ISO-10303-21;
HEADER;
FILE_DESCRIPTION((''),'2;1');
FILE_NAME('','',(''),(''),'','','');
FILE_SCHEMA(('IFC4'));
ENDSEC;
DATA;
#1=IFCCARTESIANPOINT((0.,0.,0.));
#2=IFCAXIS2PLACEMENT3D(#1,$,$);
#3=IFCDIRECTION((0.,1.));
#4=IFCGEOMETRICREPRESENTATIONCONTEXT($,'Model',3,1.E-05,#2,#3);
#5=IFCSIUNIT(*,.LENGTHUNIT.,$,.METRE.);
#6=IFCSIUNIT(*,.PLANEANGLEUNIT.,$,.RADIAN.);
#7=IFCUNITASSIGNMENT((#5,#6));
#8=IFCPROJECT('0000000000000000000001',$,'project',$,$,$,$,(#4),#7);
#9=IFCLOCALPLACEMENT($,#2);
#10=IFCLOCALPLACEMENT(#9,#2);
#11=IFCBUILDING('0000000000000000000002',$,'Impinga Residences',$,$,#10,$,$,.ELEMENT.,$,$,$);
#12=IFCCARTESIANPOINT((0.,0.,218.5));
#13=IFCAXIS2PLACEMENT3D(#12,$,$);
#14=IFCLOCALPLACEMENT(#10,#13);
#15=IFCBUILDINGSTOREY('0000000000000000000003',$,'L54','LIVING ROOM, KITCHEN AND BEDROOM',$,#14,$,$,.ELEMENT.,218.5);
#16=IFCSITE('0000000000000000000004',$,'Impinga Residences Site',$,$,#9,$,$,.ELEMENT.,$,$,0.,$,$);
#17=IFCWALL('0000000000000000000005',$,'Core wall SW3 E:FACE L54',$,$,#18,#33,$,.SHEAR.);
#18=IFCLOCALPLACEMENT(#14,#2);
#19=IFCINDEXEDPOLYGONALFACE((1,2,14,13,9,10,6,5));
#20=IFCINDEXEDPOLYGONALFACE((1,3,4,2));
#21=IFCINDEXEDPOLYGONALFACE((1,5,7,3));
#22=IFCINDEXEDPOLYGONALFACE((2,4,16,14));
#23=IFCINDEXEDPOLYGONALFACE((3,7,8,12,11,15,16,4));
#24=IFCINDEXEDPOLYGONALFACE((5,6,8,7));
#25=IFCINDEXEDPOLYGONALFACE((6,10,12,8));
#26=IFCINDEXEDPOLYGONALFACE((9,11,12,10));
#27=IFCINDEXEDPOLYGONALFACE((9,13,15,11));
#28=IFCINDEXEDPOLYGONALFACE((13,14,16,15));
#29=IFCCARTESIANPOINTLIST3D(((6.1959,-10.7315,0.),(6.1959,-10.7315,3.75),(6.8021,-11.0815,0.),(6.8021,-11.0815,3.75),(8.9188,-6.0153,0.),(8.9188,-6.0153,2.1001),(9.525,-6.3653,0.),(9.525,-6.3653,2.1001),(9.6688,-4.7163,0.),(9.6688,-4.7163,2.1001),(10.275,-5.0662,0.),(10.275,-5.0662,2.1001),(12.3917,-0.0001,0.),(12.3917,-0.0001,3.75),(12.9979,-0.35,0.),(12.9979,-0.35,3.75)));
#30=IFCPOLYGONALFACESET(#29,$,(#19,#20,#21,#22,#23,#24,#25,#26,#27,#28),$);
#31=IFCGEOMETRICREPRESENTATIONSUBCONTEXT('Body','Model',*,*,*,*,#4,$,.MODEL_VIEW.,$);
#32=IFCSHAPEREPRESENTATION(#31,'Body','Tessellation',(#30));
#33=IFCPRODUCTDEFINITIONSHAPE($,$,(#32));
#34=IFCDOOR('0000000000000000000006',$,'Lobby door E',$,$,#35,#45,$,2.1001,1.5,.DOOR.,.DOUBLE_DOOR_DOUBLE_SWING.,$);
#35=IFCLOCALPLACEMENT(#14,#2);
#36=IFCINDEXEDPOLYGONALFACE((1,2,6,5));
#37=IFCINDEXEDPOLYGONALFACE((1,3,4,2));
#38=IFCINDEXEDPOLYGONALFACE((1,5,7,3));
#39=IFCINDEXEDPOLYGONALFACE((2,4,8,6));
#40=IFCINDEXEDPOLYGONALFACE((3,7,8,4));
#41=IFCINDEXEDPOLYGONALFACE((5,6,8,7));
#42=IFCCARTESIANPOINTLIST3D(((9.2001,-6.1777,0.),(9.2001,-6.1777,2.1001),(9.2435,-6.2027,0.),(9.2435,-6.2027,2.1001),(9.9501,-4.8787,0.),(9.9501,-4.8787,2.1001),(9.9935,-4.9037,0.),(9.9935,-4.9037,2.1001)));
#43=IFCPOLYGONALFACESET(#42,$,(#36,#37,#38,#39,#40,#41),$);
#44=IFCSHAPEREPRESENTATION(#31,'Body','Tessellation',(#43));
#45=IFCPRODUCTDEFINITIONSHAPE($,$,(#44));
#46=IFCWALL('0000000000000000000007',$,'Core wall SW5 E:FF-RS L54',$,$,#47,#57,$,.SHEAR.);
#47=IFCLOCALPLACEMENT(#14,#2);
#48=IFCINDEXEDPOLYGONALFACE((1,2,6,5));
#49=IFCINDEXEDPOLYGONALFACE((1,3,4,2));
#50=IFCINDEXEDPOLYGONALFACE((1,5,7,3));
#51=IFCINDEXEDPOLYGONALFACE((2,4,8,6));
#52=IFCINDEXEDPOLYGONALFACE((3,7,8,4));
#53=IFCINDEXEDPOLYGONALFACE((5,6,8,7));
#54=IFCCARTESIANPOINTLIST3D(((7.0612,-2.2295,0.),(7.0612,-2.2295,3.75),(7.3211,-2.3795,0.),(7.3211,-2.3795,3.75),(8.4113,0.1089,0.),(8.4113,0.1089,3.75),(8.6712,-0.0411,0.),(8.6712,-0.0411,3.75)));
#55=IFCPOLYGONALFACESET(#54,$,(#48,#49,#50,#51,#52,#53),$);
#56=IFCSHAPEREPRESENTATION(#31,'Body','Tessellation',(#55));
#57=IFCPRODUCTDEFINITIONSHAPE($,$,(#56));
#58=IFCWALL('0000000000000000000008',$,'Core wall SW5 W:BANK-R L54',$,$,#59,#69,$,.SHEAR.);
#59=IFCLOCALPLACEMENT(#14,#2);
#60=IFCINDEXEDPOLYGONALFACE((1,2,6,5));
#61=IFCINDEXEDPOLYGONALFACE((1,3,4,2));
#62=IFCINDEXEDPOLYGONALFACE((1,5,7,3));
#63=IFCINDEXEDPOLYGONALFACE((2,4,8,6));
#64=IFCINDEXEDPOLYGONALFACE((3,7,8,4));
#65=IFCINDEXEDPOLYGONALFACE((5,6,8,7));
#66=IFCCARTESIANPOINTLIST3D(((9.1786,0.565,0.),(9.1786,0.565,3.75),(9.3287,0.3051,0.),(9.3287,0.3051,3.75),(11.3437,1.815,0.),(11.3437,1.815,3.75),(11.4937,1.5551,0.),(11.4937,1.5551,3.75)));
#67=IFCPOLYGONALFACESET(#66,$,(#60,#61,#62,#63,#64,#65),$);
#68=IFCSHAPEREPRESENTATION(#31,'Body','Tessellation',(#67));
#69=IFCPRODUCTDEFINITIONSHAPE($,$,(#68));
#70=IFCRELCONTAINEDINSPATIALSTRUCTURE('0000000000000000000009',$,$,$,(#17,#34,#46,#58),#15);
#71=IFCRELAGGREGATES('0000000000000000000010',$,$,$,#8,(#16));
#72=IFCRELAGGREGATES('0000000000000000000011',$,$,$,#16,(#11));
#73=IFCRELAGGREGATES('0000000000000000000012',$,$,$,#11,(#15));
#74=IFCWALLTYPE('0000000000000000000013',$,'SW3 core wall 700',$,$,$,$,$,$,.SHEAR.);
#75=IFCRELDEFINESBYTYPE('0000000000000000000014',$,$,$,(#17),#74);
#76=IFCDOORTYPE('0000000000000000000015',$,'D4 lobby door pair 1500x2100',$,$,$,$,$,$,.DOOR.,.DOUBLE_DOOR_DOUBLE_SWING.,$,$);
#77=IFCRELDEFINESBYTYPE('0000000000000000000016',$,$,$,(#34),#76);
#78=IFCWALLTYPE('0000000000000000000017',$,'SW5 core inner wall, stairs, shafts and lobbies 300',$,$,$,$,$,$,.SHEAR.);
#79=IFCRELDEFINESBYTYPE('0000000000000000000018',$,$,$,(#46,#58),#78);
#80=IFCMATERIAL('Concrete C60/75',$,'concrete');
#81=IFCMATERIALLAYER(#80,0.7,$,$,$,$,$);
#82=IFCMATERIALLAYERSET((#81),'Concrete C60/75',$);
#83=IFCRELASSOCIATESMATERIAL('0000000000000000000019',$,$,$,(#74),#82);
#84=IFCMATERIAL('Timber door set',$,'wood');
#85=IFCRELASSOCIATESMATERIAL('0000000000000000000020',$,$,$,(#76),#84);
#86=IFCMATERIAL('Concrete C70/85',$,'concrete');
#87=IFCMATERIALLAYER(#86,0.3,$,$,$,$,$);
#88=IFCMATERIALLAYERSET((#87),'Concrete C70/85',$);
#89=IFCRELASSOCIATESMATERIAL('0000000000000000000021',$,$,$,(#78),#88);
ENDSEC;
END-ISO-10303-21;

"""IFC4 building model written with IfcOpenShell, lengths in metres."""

from ifc_helpers import new_model, si_unit, direction, frame, frame_2d, origin, place, context, subcontext, project, spatial, rectangle, extrude, material, layer, layer_set, type_object, element, fill, save


model = new_model("IFC4")

# Units and contexts
model_context = context("Model", 3, precision=1e-05, world=origin(), true_north=direction((0.0, 1.0)))
body_context = subcontext(model_context, "Body", "Model", "MODEL_VIEW")
ifc_project = project(units=[si_unit("LENGTHUNIT", "METRE"), si_unit("PLANEANGLEUNIT", "RADIAN")], contexts=[model_context])

# Site, building, storey
site_placement = place(None, origin())
site = spatial("IfcSite", under=ifc_project, at=site_placement, Name="Impinga Residences Site", CompositionType="ELEMENT", RefElevation=0.0)
building_placement = place(site_placement, origin())
building = spatial("IfcBuilding", under=site, at=building_placement, Name="Impinga Residences", CompositionType="ELEMENT")
storey_placement = place(building_placement, frame((0.0, 0.0, 218.5)))
storey = spatial("IfcBuildingStorey", under=building, at=storey_placement, Name="L54", Description="LIVING ROOM, KITCHEN AND BEDROOM", CompositionType="ELEMENT", Elevation=218.5)

# Shared definitions
ifc_material_1 = material(Name="Concrete C60/75", Category="concrete")
ifc_material_2 = material(Name="Timber door set", Category="wood")

# Wall, opening, door
ifc_layer_1 = layer(ifc_material_1, 0.7)
ifc_layer_set_1 = layer_set([ifc_layer_1], Name="Concrete C60/75")
wall_type_1 = type_object("IfcWallType", Name="SW3 core wall 700", PredefinedType="SHEAR", material=ifc_layer_set_1)
wall_1_placement = place(storey_placement, frame((12.6948, -0.175, 0.0), z_axis=(0.0, 0.0, 1.0), x_axis=(-0.5, -0.866025, 0.0)))
wall_1 = element("IfcWall", 1, at=wall_1_placement, inside=storey, type_object=wall_type_1, Name="Core wall SW3 E:FACE L54", PredefinedType="SHEAR", context=body_context, shape_type="SweptSolid", body=[
    extrude(rectangle(XDim=12.3916, YDim=0.7, at=frame_2d((6.1958, 0.0))), origin(), (0.0, 0.0, 1.0), 3.75),
])
opening_1_placement = place(wall_1_placement, frame((5.4458, 0.0, 0.0)))
opening_1 = element("IfcOpeningElement", 2, at=opening_1_placement, cuts=wall_1, PredefinedType="OPENING", context=body_context, shape_type="SweptSolid", body=[
    extrude(rectangle(XDim=1.5, YDim=2.1001, at=frame_2d((0.75, 1.05))), frame((0.0, 0.3599, 0.0), z_axis=(0.0, -1.0, 0.0), x_axis=(1.0, 0.0, 0.0)), (0.0, 0.0, 1.0), 0.72),
])
door_type_1 = type_object("IfcDoorType", Name="D4 lobby door pair 1500x2100", OperationType="DOUBLE_DOOR_DOUBLE_SWING", PredefinedType="DOOR", material=ifc_material_2)
door_1_placement = place(opening_1_placement, origin())
door_1 = element("IfcDoor", 3, at=door_1_placement, inside=storey, type_object=door_type_1, Name="Lobby door E", OperationType="DOUBLE_DOOR_DOUBLE_SWING", OverallHeight=2.1001, OverallWidth=1.5, PredefinedType="DOOR", context=body_context, shape_type="SweptSolid", body=[
    extrude(rectangle(XDim=1.5, YDim=2.1001, at=frame_2d((0.75, 1.05))), frame((0.0, 0.0249, 0.0), z_axis=(0.0, -1.0, 0.0), x_axis=(1.0, 0.0, 0.0)), (0.0, 0.0, 1.0), 0.05),
])
fill(opening_1, door_1)

# Walls
ifc_material_3 = material(Name="Concrete C70/85", Category="concrete")
ifc_layer_2 = layer(ifc_material_3, 0.3)
ifc_layer_set_2 = layer_set([ifc_layer_2], Name="Concrete C70/85")
wall_type_2 = type_object("IfcWallType", Name="SW5 core inner wall, stairs, shafts and lobbies 300", PredefinedType="SHEAR", material=ifc_layer_set_2)
wall_2_placement = place(storey_placement, frame((8.5413, 0.0339, 0.0), z_axis=(0.0, 0.0, 1.0), x_axis=(-0.500009, -0.86602, 0.0)))
element("IfcWall", 4, at=wall_2_placement, inside=storey, type_object=wall_type_2, Name="Core wall SW5 E:FF-RS L54", PredefinedType="SHEAR", context=body_context, shape_type="SweptSolid", body=[
    extrude(rectangle(XDim=2.7002, YDim=0.3, at=frame_2d((1.3501, 0.0))), origin(), (0.0, 0.0, 1.0), 3.75),
])
wall_3_placement = place(storey_placement, frame((9.2537, 0.4351, 0.0), z_axis=(0.0, 0.0, 1.0), x_axis=(0.866023, 0.500004, 0.0)))
element("IfcWall", 5, at=wall_3_placement, inside=storey, type_object=wall_type_2, Name="Core wall SW5 W:BANK-R L54", PredefinedType="SHEAR", context=body_context, shape_type="SweptSolid", body=[
    extrude(rectangle(XDim=2.5, YDim=0.3, at=frame_2d((1.25, 0.0))), origin(), (0.0, 0.0, 1.0), 3.75),
])

save(model, "model.ifc")
